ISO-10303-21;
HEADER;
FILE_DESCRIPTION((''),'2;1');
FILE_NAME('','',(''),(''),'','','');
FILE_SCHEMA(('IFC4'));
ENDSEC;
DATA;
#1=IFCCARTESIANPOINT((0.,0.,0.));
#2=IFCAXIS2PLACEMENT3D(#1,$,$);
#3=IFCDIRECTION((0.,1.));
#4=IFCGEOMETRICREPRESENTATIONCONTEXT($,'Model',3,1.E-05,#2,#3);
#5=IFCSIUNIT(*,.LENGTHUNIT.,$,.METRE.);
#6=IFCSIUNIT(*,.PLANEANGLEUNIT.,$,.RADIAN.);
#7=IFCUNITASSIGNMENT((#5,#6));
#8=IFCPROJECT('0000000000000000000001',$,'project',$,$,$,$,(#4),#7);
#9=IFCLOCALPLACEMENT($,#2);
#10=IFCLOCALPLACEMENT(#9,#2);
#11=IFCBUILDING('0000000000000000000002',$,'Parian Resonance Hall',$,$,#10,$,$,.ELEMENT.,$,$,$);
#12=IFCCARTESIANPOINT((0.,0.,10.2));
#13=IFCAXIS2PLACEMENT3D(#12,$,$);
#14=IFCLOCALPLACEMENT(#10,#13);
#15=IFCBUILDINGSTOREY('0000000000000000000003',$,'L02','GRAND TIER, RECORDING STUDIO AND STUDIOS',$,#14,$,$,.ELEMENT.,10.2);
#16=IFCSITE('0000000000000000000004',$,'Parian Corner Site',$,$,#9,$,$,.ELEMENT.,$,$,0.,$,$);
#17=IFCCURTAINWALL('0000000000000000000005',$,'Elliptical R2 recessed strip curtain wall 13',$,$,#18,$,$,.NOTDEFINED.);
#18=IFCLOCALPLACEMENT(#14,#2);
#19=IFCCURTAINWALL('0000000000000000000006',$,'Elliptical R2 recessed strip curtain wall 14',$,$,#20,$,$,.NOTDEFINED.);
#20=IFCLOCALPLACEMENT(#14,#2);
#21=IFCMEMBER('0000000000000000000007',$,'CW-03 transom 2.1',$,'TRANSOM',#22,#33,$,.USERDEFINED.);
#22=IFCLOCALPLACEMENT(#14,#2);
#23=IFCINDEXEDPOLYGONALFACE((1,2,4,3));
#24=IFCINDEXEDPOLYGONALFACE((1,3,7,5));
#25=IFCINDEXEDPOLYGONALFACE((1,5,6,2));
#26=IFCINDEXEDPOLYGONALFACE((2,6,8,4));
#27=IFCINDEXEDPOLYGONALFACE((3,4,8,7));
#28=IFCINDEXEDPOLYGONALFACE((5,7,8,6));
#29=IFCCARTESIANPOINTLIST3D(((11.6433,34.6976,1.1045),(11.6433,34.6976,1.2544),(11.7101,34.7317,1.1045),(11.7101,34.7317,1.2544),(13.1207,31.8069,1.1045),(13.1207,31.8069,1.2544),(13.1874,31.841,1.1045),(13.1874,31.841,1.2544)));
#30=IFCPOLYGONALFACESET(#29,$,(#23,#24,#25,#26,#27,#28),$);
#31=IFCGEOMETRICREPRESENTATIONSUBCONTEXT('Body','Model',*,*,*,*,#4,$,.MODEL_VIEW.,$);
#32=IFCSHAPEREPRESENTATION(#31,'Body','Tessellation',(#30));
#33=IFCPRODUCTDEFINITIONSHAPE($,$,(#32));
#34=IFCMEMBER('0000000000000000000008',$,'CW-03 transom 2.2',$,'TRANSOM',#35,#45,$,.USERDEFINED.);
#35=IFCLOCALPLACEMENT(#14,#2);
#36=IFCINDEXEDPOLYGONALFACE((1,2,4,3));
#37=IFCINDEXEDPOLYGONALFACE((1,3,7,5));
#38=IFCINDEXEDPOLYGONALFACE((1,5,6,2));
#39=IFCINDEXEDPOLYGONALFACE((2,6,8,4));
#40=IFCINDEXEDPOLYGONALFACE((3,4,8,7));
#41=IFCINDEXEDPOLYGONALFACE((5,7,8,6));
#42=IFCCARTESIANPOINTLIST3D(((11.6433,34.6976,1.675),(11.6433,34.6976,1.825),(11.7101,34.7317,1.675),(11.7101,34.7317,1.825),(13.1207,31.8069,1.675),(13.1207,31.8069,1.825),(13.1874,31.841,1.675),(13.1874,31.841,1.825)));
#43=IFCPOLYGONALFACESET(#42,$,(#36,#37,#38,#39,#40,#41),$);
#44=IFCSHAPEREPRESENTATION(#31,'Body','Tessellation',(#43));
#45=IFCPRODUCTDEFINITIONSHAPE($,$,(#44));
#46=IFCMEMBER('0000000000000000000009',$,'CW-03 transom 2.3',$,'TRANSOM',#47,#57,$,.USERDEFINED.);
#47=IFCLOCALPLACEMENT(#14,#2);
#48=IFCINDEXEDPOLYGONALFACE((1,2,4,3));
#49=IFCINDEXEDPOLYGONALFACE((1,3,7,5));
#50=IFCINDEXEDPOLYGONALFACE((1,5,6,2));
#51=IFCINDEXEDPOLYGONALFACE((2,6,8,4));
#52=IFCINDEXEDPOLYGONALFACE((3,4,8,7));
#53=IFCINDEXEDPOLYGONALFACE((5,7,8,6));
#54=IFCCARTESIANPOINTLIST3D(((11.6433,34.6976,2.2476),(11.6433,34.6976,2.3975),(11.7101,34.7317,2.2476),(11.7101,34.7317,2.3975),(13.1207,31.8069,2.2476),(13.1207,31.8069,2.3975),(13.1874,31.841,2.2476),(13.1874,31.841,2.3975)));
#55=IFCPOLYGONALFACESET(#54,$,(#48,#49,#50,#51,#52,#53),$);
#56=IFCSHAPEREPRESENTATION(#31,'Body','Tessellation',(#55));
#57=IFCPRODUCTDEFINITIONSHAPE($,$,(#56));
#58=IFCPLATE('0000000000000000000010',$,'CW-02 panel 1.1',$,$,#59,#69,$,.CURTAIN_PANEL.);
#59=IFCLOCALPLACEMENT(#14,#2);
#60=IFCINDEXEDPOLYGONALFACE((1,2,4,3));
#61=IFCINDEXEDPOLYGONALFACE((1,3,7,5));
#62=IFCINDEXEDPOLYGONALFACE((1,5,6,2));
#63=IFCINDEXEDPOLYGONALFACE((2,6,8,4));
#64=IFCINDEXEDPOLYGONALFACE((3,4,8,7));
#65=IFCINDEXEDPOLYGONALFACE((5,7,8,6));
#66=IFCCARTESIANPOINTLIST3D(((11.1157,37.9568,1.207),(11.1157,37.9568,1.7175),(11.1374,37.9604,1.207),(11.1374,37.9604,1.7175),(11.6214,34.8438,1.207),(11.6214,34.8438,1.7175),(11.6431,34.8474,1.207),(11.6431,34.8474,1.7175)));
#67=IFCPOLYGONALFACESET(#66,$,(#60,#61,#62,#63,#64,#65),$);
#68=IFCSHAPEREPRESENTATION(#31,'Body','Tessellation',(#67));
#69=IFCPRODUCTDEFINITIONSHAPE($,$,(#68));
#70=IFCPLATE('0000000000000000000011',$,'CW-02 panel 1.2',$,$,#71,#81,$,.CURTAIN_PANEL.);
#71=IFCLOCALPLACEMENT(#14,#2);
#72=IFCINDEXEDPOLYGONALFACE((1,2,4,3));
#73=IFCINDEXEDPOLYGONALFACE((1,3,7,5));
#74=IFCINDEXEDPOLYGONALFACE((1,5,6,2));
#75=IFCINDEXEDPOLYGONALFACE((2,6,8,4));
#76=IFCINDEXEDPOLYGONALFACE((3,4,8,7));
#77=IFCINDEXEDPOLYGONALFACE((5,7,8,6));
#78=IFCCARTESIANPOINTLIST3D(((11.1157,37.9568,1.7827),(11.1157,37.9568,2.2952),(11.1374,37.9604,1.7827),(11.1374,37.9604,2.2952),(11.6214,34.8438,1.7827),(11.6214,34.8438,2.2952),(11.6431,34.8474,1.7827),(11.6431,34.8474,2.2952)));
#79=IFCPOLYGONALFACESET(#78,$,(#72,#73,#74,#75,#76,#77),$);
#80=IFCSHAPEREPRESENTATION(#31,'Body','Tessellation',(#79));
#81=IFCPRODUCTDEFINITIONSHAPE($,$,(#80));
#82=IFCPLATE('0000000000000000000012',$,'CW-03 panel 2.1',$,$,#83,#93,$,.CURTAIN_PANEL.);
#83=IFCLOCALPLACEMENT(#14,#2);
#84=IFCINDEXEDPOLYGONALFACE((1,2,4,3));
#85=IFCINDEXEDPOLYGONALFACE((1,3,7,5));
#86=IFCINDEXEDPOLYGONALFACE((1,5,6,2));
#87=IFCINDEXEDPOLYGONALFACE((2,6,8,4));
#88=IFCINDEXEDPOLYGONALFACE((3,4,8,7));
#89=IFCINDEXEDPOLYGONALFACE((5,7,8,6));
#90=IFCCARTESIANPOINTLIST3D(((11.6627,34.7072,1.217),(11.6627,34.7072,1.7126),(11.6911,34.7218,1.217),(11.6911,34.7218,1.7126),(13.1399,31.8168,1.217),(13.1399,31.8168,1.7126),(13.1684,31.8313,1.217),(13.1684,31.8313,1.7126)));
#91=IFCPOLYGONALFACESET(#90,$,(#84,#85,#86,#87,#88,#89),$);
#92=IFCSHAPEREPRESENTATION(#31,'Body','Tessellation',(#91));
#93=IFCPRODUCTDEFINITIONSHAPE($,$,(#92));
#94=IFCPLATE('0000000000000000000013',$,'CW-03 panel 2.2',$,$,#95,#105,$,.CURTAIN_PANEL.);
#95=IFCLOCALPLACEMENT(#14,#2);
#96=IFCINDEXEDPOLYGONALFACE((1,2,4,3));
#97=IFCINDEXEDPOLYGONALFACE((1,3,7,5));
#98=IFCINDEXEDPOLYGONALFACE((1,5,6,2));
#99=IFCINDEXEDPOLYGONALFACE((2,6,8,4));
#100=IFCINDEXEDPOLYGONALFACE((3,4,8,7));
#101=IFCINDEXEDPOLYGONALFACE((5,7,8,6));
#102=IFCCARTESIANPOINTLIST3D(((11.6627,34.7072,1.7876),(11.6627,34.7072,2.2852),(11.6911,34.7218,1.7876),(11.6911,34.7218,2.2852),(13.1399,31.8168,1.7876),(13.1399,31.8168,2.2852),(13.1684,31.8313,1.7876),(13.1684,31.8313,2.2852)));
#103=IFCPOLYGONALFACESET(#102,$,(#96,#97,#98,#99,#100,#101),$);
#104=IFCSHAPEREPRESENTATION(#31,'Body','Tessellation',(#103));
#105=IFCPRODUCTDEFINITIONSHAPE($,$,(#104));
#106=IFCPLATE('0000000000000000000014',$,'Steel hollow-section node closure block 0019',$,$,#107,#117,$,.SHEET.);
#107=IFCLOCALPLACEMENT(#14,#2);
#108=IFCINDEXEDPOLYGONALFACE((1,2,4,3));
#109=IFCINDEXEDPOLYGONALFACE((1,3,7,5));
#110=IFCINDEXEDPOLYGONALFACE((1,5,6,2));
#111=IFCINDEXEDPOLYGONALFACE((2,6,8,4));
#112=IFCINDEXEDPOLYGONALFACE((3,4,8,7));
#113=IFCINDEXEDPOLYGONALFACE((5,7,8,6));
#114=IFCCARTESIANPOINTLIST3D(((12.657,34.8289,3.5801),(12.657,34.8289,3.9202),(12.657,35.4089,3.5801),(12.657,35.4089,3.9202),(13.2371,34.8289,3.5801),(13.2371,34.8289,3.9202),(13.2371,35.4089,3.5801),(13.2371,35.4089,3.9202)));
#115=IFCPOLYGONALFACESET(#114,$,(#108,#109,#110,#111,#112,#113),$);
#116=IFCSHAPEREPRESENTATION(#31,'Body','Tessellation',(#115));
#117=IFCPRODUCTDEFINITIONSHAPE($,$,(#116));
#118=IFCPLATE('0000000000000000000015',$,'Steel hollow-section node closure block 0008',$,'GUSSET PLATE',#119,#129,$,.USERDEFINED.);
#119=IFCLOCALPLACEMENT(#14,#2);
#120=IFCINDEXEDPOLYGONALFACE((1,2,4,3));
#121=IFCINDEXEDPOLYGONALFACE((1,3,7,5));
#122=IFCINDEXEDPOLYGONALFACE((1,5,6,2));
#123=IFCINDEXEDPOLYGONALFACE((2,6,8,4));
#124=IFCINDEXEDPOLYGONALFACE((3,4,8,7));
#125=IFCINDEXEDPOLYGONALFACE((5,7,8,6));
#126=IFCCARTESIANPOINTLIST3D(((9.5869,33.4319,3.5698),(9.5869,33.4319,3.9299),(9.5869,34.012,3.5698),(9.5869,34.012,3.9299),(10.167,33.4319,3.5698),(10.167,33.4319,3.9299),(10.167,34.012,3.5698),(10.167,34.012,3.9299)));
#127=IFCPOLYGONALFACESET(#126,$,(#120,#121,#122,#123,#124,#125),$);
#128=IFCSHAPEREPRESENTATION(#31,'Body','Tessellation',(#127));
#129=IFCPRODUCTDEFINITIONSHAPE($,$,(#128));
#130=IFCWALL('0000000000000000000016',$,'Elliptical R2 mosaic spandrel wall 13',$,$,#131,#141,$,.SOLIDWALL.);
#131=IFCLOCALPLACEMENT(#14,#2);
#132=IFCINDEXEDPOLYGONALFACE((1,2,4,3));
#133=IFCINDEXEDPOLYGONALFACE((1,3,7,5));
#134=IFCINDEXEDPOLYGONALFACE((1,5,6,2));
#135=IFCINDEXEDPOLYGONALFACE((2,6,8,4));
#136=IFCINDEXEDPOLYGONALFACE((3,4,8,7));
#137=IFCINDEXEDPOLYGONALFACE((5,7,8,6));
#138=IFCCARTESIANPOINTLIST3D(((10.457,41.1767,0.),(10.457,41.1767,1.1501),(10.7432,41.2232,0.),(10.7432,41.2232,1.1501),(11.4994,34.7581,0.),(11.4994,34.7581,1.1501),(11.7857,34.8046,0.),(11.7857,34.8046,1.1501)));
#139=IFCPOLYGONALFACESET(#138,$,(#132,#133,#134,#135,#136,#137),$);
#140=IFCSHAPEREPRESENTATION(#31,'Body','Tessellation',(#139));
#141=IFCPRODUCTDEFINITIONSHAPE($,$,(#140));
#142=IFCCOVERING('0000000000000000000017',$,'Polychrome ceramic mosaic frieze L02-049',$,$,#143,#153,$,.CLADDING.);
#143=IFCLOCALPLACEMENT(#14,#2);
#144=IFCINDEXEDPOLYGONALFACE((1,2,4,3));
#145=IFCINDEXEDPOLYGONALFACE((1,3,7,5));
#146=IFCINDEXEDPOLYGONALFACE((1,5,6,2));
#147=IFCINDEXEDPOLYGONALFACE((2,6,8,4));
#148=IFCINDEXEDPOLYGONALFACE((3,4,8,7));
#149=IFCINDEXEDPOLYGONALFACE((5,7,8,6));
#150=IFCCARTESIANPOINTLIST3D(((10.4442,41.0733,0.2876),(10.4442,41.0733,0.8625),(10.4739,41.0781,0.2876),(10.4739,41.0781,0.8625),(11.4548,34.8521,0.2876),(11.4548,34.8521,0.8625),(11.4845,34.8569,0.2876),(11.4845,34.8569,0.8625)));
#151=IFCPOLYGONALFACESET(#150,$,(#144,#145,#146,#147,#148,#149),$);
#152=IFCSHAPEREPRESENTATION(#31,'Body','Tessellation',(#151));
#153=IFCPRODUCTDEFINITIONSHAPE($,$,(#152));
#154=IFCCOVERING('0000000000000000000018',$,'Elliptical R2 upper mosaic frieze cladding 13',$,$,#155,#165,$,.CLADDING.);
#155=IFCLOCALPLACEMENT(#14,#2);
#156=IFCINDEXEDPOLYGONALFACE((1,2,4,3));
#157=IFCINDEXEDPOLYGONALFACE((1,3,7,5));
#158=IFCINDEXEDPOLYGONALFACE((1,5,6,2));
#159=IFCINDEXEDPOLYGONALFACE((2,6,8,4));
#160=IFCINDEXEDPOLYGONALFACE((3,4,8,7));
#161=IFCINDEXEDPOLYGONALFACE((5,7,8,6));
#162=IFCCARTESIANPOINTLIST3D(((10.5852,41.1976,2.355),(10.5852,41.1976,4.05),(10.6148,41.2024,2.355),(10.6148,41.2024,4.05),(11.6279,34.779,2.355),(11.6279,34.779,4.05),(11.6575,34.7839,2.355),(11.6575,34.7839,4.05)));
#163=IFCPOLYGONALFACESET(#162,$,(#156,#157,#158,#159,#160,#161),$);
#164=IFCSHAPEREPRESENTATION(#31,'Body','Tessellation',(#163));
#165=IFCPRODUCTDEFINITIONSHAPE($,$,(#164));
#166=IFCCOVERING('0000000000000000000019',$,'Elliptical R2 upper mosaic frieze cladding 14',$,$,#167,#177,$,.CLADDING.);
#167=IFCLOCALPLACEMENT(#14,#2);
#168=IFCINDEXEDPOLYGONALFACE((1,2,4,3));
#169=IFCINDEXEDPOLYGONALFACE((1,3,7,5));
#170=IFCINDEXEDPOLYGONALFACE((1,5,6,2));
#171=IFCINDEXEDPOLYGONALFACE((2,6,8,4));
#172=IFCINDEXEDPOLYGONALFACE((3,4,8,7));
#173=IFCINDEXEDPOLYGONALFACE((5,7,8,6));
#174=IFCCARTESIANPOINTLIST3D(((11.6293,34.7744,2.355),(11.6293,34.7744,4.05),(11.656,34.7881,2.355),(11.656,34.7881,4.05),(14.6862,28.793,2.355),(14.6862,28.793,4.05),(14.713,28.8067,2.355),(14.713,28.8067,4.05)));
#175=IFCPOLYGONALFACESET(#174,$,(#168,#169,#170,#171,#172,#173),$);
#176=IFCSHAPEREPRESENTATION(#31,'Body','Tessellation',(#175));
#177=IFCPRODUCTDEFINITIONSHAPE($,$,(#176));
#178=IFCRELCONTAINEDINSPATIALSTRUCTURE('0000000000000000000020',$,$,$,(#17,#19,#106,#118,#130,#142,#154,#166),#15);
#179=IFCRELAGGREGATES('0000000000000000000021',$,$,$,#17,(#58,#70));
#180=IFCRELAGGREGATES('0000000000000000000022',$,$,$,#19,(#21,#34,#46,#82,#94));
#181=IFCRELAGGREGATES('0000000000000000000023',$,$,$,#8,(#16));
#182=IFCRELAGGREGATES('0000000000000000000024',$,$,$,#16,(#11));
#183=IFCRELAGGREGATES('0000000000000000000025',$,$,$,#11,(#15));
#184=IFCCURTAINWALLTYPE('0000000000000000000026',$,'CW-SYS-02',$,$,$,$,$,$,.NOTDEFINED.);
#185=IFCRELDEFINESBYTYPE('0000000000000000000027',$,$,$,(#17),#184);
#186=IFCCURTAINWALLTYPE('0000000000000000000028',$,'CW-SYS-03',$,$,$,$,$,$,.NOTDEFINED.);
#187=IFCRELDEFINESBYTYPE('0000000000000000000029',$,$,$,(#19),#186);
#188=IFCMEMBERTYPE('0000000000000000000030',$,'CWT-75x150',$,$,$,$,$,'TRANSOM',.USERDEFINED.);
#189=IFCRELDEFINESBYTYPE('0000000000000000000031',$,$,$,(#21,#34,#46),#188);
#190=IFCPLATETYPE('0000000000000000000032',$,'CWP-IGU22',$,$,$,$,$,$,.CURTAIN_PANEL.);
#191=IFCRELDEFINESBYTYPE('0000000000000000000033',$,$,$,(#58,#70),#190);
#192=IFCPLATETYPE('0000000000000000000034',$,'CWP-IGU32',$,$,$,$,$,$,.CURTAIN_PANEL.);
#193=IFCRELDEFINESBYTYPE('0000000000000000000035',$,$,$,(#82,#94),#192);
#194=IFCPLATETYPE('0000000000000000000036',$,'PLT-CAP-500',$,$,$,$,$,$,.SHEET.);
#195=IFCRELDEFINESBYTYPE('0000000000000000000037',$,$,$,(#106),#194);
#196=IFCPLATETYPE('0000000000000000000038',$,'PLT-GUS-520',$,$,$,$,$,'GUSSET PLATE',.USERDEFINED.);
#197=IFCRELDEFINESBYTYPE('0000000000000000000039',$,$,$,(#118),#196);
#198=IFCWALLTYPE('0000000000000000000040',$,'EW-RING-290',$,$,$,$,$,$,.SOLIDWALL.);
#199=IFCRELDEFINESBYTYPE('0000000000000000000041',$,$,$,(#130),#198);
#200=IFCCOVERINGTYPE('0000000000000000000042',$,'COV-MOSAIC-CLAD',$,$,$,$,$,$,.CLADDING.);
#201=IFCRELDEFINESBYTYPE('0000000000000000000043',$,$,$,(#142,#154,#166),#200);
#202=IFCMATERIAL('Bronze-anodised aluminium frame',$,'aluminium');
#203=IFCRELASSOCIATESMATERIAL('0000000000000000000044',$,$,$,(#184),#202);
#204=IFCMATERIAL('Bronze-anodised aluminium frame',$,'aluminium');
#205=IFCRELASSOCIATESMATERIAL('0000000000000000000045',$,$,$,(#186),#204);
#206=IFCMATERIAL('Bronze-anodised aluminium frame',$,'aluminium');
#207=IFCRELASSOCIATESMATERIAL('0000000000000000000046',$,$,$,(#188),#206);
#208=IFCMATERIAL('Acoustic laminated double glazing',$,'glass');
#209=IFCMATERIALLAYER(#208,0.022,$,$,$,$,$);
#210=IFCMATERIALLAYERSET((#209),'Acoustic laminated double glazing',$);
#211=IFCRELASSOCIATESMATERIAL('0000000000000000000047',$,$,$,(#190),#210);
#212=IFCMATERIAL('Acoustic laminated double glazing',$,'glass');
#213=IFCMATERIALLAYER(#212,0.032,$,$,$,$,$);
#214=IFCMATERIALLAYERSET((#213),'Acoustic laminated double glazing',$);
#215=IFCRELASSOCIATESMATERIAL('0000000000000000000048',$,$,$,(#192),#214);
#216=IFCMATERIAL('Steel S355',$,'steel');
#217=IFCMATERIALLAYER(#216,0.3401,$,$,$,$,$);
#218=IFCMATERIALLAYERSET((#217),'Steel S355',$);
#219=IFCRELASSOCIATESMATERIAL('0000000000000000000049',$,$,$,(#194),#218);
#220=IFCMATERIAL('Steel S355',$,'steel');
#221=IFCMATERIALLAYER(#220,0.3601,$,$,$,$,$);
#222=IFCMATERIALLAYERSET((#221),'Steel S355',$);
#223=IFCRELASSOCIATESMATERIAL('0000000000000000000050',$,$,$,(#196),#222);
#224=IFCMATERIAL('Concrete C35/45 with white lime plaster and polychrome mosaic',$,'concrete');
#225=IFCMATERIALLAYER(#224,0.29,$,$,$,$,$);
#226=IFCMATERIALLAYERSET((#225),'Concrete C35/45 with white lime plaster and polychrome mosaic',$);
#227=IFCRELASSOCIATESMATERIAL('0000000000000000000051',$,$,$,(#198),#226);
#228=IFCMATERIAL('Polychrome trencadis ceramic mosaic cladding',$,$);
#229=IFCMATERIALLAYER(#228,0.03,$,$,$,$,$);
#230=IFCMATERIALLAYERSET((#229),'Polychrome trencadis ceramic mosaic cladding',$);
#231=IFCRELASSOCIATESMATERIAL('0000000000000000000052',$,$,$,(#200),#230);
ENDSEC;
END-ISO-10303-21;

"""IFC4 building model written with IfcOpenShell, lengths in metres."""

from ifc_helpers import new_model, si_unit, direction, frame, frame_2d, origin, origin_2d, place, context, subcontext, project, spatial, rectangle, extrude, material, layer, layer_set, material_profile, profile_set, type_object, element, aggregate, save


model = new_model("IFC4")

# Units and contexts
model_context = context("Model", 3, precision=1e-05, world=origin(), true_north=direction((0.0, 1.0)))
body_context = subcontext(model_context, "Body", "Model", "MODEL_VIEW")
ifc_project = project(units=[si_unit("LENGTHUNIT", "METRE"), si_unit("PLANEANGLEUNIT", "RADIAN")], contexts=[model_context])

# Site, building, storey
site_placement = place(None, origin())
site = spatial("IfcSite", under=ifc_project, at=site_placement, Name="Parian Corner Site", CompositionType="ELEMENT", RefElevation=0.0)
building_placement = place(site_placement, origin())
building = spatial("IfcBuilding", under=site, at=building_placement, Name="Parian Resonance Hall", CompositionType="ELEMENT")
storey_placement = place(building_placement, frame((0.0, 0.0, 10.2)))
storey = spatial("IfcBuildingStorey", under=building, at=storey_placement, Name="L02", Description="GRAND TIER, RECORDING STUDIO AND STUDIOS", CompositionType="ELEMENT", Elevation=10.2)

# Curtain walls
ifc_material_1 = material(Name="Bronze-anodised aluminium frame", Category="aluminium")
curtain_wall_type_1 = type_object("IfcCurtainWallType", Name="CW-SYS-02", PredefinedType="NOTDEFINED", material=ifc_material_1)
curtain_wall_1_placement = place(storey_placement, origin())
curtain_wall_1 = element("IfcCurtainWall", 1, at=curtain_wall_1_placement, inside=storey, type_object=curtain_wall_type_1, Name="Elliptical R2 recessed strip curtain wall 13", PredefinedType="NOTDEFINED")
ifc_material_2 = material(Name="Bronze-anodised aluminium frame", Category="aluminium")
curtain_wall_type_2 = type_object("IfcCurtainWallType", Name="CW-SYS-03", PredefinedType="NOTDEFINED", material=ifc_material_2)
curtain_wall_2_placement = place(storey_placement, origin())
curtain_wall_2 = element("IfcCurtainWall", 2, at=curtain_wall_2_placement, inside=storey, type_object=curtain_wall_type_2, Name="Elliptical R2 recessed strip curtain wall 14", PredefinedType="NOTDEFINED")

# Members
ifc_material_3 = material(Name="Bronze-anodised aluminium frame", Category="aluminium")
ifc_material_profile_1 = material_profile(ifc_material_3, rectangle(XDim=0.075, YDim=0.1499, at=origin_2d()), Name="CWT-75x150")
ifc_profile_set_1 = profile_set([ifc_material_profile_1], Name="Bronze-anodised aluminium frame")
member_type_1 = type_object("IfcMemberType", Name="CWT-75x150", ElementType="TRANSOM", PredefinedType="USERDEFINED", material=ifc_profile_set_1)
member_1_placement = place(storey_placement, frame((13.1541, 31.824, 1.1794), z_axis=(-0.455078, 0.890452, 0.0), x_axis=(-0.890452, -0.455078, 0.0)))
member_1 = element("IfcMember", 3, at=member_1_placement, type_object=member_type_1, Name="CW-03 transom 2.1", ObjectType="TRANSOM", PredefinedType="USERDEFINED", context=body_context, shape_type="SweptSolid", body=[
    extrude(rectangle(XDim=0.075, YDim=0.1499, at=origin_2d()), origin(), (0.0, 0.0, 1.0), 3.2463),
])
member_2_placement = place(storey_placement, frame((13.1541, 31.824, 1.75), z_axis=(-0.455078, 0.890452, 0.0), x_axis=(-0.890452, -0.455078, 0.0)))
member_2 = element("IfcMember", 4, at=member_2_placement, type_object=member_type_1, Name="CW-03 transom 2.2", ObjectType="TRANSOM", PredefinedType="USERDEFINED", context=body_context, shape_type="SweptSolid", body=[
    extrude(rectangle(XDim=0.075, YDim=0.1499, at=origin_2d()), origin(), (0.0, 0.0, 1.0), 3.2463),
])
member_3_placement = place(storey_placement, frame((13.1541, 31.824, 2.3225), z_axis=(-0.455078, 0.890452, 0.0), x_axis=(-0.890452, -0.455078, 0.0)))
member_3 = element("IfcMember", 5, at=member_3_placement, type_object=member_type_1, Name="CW-03 transom 2.3", ObjectType="TRANSOM", PredefinedType="USERDEFINED", context=body_context, shape_type="SweptSolid", body=[
    extrude(rectangle(XDim=0.075, YDim=0.1499, at=origin_2d()), origin(), (0.0, 0.0, 1.0), 3.2463),
])

# Plates
ifc_material_4 = material(Name="Acoustic laminated double glazing", Category="glass")
ifc_layer_1 = layer(ifc_material_4, 0.022)
ifc_layer_set_1 = layer_set([ifc_layer_1], Name="Acoustic laminated double glazing")
plate_type_1 = type_object("IfcPlateType", Name="CWP-IGU22", PredefinedType="CURTAIN_PANEL", material=ifc_layer_set_1)
plate_1_placement = place(storey_placement, frame((11.3794, 36.4021, 1.207), z_axis=(0.0, 0.0, 1.0), x_axis=(-0.160345, 0.987061, 0.0)))
plate_1 = element("IfcPlate", 6, at=plate_1_placement, type_object=plate_type_1, Name="CW-02 panel 1.1", PredefinedType="CURTAIN_PANEL", context=body_context, shape_type="SweptSolid", body=[
    extrude(rectangle(XDim=3.1538, YDim=0.022, at=origin_2d()), origin(), (0.0, 0.0, 1.0), 0.5105),
])
plate_2_placement = place(storey_placement, frame((11.3794, 36.4021, 1.7827), z_axis=(0.0, 0.0, 1.0), x_axis=(-0.160345, 0.987061, 0.0)))
plate_2 = element("IfcPlate", 7, at=plate_2_placement, type_object=plate_type_1, Name="CW-02 panel 1.2", PredefinedType="CURTAIN_PANEL", context=body_context, shape_type="SweptSolid", body=[
    extrude(rectangle(XDim=3.1538, YDim=0.022, at=origin_2d()), origin(), (0.0, 0.0, 1.0), 0.5125),
])
aggregate(curtain_wall_1, [plate_1, plate_2])
ifc_material_5 = material(Name="Acoustic laminated double glazing", Category="glass")
ifc_layer_2 = layer(ifc_material_5, 0.032)
ifc_layer_set_2 = layer_set([ifc_layer_2], Name="Acoustic laminated double glazing")
plate_type_2 = type_object("IfcPlateType", Name="CWP-IGU32", PredefinedType="CURTAIN_PANEL", material=ifc_layer_set_2)
plate_3_placement = place(storey_placement, frame((12.4155, 33.2693, 1.217), z_axis=(0.0, 0.0, 1.0), x_axis=(-0.455086, 0.890447, 0.0)))
plate_3 = element("IfcPlate", 8, at=plate_3_placement, type_object=plate_type_2, Name="CW-03 panel 2.1", PredefinedType="CURTAIN_PANEL", context=body_context, shape_type="SweptSolid", body=[
    extrude(rectangle(XDim=3.2461, YDim=0.032, at=origin_2d()), origin(), (0.0, 0.0, 1.0), 0.4956),
])
plate_4_placement = place(storey_placement, frame((12.4155, 33.2693, 1.7876), z_axis=(0.0, 0.0, 1.0), x_axis=(-0.455086, 0.890447, 0.0)))
plate_4 = element("IfcPlate", 9, at=plate_4_placement, type_object=plate_type_2, Name="CW-03 panel 2.2", PredefinedType="CURTAIN_PANEL", context=body_context, shape_type="SweptSolid", body=[
    extrude(rectangle(XDim=3.2461, YDim=0.032, at=origin_2d()), origin(), (0.0, 0.0, 1.0), 0.4976),
])
aggregate(curtain_wall_2, [member_1, member_2, member_3, plate_3, plate_4])

# Plates
ifc_material_6 = material(Name="Steel S355", Category="steel")
ifc_layer_3 = layer(ifc_material_6, 0.3401)
ifc_layer_set_3 = layer_set([ifc_layer_3], Name="Steel S355")
plate_type_3 = type_object("IfcPlateType", Name="PLT-CAP-500", PredefinedType="SHEET", material=ifc_layer_set_3)
plate_5_placement = place(storey_placement, frame((12.947, 35.1189, 3.5801), z_axis=(0.0, 0.0, 1.0), x_axis=(1.0, 0.0, 0.0)))
element("IfcPlate", 10, at=plate_5_placement, inside=storey, type_object=plate_type_3, Name="Steel hollow-section node closure block 0019", PredefinedType="SHEET", context=body_context, shape_type="SweptSolid", body=[
    extrude(rectangle(XDim=0.5801, YDim=0.5801, at=origin_2d()), origin(), (0.0, 0.0, 1.0), 0.3401),
])
ifc_material_7 = material(Name="Steel S355", Category="steel")
ifc_layer_4 = layer(ifc_material_7, 0.3601)
ifc_layer_set_4 = layer_set([ifc_layer_4], Name="Steel S355")
plate_type_4 = type_object("IfcPlateType", Name="PLT-GUS-520", ElementType="GUSSET PLATE", PredefinedType="USERDEFINED", material=ifc_layer_set_4)
plate_6_placement = place(storey_placement, frame((9.877, 33.7219, 3.5698), z_axis=(0.0, 0.0, 1.0), x_axis=(1.0, 0.0, 0.0)))
element("IfcPlate", 11, at=plate_6_placement, inside=storey, type_object=plate_type_4, Name="Steel hollow-section node closure block 0008", ObjectType="GUSSET PLATE", PredefinedType="USERDEFINED", context=body_context, shape_type="SweptSolid", body=[
    extrude(rectangle(XDim=0.5801, YDim=0.5801, at=origin_2d()), origin(), (0.0, 0.0, 1.0), 0.3601),
])

# Wall
ifc_material_8 = material(Name="Concrete C35/45 with white lime plaster and polychrome mosaic", Category="concrete")
ifc_layer_5 = layer(ifc_material_8, 0.29)
ifc_layer_set_5 = layer_set([ifc_layer_5], Name="Concrete C35/45 with white lime plaster and polychrome mosaic")
wall_type = type_object("IfcWallType", Name="EW-RING-290", PredefinedType="SOLIDWALL", material=ifc_layer_set_5)
wall_placement = place(storey_placement, frame((11.6426, 34.7812, 0.0), z_axis=(0.0, 0.0, 1.0), x_axis=(-0.160312, 0.987066, 0.0)))
element("IfcWall", 12, at=wall_placement, inside=storey, type_object=wall_type, Name="Elliptical R2 mosaic spandrel wall 13", PredefinedType="SOLIDWALL", context=body_context, shape_type="SweptSolid", body=[
    extrude(rectangle(XDim=6.5027, YDim=0.29, at=frame_2d((3.2515, 0.0))), origin(), (0.0, 0.0, 1.0), 1.1501),
])

# Coverings
ifc_material_9 = material(Name="Polychrome trencadis ceramic mosaic cladding")
ifc_layer_6 = layer(ifc_material_9, 0.03)
ifc_layer_set_6 = layer_set([ifc_layer_6], Name="Polychrome trencadis ceramic mosaic cladding")
covering_type = type_object("IfcCoveringType", Name="COV-MOSAIC-CLAD", PredefinedType="CLADDING", material=ifc_layer_set_6)
covering_1_placement = place(storey_placement, frame((10.9644, 37.9651, 0.2876), z_axis=(0.0, 0.0, 1.0), x_axis=(-0.160345, 0.987061, 0.0)))
element("IfcCovering", 13, at=covering_1_placement, inside=storey, type_object=covering_type, Name="Polychrome ceramic mosaic frieze L02-049", PredefinedType="CLADDING", context=body_context, shape_type="SweptSolid", body=[
    extrude(rectangle(XDim=6.3027, YDim=0.03, at=origin_2d()), origin(), (0.0, 0.0, 1.0), 0.575),
])
covering_2_placement = place(storey_placement, frame((11.1213, 37.9907, 2.355), z_axis=(0.0, 0.0, 1.0), x_axis=(-0.160345, 0.987061, 0.0)))
element("IfcCovering", 14, at=covering_2_placement, inside=storey, type_object=covering_type, Name="Elliptical R2 upper mosaic frieze cladding 13", PredefinedType="CLADDING", context=body_context, shape_type="SweptSolid", body=[
    extrude(rectangle(XDim=6.5027, YDim=0.03, at=origin_2d()), origin(), (0.0, 0.0, 1.0), 1.6951),
])
covering_3_placement = place(storey_placement, frame((13.1711, 31.7905, 2.355), z_axis=(0.0, 0.0, 1.0), x_axis=(-0.455087, 0.890447, 0.0)))
element("IfcCovering", 15, at=covering_3_placement, inside=storey, type_object=covering_type, Name="Elliptical R2 upper mosaic frieze cladding 14", PredefinedType="CLADDING", context=body_context, shape_type="SweptSolid", body=[
    extrude(rectangle(XDim=6.7173, YDim=0.03, at=origin_2d()), origin(), (0.0, 0.0, 1.0), 1.6951),
])

save(model, "model.ifc")
